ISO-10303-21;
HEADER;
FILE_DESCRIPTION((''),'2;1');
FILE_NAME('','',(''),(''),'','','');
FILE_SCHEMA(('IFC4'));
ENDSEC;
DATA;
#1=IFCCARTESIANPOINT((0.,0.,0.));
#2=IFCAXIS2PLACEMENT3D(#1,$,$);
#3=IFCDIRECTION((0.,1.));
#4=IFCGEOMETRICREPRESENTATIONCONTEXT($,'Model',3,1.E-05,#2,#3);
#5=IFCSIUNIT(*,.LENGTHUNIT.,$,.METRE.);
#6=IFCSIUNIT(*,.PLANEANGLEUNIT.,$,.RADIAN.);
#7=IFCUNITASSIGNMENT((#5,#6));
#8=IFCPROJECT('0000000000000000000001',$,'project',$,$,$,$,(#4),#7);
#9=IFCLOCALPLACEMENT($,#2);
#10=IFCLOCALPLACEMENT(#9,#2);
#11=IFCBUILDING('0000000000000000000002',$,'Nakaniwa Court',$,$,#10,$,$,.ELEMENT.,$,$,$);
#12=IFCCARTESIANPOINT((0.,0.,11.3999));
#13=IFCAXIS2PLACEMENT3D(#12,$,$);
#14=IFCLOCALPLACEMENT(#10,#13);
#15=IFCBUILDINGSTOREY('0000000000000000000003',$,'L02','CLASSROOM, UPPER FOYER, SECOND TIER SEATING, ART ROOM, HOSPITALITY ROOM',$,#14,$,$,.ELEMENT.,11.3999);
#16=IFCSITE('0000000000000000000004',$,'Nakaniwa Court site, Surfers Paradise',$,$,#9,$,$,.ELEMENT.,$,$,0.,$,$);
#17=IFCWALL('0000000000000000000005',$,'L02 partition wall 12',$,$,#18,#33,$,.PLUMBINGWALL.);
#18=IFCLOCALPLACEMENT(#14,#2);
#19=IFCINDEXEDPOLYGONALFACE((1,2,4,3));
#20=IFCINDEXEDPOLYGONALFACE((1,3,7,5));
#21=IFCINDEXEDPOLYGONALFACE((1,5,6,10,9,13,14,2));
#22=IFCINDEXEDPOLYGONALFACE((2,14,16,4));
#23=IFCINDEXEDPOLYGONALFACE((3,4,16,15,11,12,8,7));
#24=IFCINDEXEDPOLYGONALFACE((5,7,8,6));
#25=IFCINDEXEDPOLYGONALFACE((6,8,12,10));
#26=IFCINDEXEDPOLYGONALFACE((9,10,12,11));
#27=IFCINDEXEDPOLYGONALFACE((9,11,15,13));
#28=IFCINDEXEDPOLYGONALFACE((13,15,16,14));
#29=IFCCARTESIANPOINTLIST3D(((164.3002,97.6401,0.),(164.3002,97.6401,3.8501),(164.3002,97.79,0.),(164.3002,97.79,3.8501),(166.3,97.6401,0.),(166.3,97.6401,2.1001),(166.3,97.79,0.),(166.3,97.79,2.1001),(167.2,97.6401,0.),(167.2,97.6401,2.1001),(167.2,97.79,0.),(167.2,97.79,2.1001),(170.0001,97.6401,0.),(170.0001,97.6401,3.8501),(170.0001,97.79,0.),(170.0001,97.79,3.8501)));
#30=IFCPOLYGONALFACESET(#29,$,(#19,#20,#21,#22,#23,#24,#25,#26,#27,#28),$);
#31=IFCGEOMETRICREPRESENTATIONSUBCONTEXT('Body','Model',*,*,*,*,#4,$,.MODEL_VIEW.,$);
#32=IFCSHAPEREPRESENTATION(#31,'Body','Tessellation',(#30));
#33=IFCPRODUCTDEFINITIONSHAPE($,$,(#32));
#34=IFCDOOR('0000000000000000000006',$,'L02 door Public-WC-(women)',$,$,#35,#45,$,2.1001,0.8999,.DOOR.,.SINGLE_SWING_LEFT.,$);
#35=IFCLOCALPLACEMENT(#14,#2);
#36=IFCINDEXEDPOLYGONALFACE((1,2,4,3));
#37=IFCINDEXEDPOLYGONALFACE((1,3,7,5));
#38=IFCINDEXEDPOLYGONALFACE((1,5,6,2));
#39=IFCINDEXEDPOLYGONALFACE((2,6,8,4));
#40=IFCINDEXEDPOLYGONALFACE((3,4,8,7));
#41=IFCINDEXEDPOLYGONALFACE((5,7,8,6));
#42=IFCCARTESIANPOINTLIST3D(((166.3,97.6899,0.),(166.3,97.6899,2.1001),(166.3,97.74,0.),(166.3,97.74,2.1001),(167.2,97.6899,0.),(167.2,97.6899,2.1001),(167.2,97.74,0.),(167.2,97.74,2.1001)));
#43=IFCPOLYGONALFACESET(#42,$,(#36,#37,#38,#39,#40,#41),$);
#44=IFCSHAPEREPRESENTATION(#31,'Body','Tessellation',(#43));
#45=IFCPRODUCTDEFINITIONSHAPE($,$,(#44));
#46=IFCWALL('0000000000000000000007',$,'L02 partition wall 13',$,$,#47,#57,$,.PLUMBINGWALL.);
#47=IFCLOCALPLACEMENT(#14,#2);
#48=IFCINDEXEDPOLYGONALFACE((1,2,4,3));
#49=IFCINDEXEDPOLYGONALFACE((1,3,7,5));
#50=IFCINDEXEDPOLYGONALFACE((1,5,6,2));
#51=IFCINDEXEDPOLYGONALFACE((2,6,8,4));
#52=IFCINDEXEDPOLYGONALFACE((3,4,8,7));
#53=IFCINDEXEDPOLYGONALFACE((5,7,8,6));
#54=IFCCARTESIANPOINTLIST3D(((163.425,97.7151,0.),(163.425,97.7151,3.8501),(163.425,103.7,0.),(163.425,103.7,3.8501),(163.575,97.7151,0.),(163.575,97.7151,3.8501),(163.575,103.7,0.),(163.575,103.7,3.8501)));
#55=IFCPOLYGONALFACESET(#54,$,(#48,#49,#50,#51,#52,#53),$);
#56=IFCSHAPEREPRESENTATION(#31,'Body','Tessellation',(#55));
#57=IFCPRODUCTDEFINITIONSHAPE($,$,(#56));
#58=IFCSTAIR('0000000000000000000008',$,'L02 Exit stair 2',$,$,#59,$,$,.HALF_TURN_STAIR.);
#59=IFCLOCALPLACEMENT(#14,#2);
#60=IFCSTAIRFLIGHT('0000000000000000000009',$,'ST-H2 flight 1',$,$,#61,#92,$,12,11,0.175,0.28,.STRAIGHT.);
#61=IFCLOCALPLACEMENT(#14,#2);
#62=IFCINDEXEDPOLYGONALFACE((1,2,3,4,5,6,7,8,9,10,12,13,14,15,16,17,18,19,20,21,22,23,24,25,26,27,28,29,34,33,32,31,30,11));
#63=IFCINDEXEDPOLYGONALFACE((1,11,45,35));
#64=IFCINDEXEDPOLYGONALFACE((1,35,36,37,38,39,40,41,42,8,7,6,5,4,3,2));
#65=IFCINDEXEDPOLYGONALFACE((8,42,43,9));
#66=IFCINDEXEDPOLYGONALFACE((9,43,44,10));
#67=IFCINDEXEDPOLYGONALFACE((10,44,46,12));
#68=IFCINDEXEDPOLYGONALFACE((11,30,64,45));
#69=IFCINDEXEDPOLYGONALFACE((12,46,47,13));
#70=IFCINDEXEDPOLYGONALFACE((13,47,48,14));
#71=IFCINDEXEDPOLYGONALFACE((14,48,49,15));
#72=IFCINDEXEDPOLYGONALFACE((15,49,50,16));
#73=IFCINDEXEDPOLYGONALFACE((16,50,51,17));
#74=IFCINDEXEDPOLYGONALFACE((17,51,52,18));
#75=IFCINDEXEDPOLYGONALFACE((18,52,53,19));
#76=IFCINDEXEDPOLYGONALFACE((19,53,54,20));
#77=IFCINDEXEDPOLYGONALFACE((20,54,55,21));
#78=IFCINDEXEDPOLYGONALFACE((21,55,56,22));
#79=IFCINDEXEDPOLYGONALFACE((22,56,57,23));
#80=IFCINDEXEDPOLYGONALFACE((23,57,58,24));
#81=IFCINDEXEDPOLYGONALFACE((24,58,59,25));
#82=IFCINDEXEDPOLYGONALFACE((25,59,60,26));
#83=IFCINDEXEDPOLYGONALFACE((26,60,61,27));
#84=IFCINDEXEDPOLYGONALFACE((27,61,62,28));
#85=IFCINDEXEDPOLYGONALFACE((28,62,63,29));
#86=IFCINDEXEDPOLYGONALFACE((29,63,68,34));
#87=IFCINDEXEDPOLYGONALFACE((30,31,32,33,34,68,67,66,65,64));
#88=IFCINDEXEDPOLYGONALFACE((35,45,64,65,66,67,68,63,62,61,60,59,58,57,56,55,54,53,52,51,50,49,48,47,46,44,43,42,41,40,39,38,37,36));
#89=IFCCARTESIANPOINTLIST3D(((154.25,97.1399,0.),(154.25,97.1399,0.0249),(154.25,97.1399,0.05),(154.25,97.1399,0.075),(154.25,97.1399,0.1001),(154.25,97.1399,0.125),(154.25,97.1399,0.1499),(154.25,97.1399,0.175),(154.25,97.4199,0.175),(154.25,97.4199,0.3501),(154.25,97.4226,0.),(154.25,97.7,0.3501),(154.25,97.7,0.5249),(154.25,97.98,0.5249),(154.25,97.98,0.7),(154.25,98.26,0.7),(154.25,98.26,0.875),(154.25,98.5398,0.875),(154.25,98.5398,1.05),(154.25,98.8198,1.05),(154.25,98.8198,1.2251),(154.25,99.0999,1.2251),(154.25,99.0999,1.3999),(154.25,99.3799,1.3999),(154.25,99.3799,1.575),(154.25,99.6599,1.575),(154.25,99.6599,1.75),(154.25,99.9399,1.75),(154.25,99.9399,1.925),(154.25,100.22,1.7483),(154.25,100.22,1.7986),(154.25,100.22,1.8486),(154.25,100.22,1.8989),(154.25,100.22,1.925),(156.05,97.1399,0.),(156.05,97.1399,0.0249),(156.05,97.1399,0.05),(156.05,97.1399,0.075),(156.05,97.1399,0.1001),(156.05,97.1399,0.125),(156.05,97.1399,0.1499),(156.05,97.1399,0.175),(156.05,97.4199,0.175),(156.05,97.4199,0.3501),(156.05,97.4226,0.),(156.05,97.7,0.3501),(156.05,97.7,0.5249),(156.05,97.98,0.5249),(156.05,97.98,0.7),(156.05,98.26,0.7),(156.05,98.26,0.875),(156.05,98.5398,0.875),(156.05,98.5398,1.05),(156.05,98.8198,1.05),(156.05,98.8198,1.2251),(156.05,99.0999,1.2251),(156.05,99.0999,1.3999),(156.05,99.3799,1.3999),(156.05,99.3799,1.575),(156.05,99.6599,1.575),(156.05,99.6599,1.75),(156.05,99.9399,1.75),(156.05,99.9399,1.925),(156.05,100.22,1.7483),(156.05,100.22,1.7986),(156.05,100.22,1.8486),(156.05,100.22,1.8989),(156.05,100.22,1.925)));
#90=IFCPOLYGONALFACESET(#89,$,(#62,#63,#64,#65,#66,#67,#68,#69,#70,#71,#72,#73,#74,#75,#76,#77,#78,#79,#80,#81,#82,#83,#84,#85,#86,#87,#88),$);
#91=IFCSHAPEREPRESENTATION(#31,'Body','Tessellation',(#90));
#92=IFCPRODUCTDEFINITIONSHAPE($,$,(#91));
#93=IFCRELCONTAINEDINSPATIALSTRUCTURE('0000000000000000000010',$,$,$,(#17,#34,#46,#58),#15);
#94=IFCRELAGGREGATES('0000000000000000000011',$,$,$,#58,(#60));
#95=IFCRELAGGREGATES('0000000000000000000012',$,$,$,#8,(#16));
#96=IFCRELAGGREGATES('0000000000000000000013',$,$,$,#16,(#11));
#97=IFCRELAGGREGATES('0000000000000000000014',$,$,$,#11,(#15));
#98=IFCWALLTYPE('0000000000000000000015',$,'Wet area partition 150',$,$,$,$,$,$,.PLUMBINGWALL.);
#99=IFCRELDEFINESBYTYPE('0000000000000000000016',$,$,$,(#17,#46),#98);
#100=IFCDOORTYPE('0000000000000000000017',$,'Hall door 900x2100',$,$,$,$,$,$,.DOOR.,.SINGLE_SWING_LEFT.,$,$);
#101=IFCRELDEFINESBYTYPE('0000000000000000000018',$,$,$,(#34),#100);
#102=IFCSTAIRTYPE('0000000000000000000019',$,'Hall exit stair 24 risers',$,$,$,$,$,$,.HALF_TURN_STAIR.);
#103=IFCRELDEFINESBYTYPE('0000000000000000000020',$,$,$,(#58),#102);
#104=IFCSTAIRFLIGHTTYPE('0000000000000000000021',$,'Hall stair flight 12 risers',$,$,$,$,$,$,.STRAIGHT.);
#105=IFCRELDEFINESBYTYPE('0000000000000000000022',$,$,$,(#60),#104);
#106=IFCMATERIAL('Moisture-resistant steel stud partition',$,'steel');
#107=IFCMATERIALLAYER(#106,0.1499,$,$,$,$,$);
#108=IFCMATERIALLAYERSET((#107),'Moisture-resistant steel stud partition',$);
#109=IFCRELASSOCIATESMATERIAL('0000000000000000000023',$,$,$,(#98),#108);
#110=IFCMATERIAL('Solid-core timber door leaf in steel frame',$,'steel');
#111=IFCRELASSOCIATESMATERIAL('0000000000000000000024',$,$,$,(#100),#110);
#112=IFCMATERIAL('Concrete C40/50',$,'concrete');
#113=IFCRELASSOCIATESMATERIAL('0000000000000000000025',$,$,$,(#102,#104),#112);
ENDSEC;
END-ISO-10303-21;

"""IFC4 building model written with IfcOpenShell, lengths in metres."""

from ifc_helpers import new_model, si_unit, direction, frame, frame_2d, origin, place, context, subcontext, project, spatial, polyline, rectangle, outline, extrude, material, layer, layer_set, type_object, element, fill, aggregate, save


model = new_model("IFC4")

# Units and contexts
model_context = context("Model", 3, precision=1e-05, world=origin(), true_north=direction((0.0, 1.0)))
body_context = subcontext(model_context, "Body", "Model", "MODEL_VIEW")
ifc_project = project(units=[si_unit("LENGTHUNIT", "METRE"), si_unit("PLANEANGLEUNIT", "RADIAN")], contexts=[model_context])

# Site, building, storey
site_placement = place(None, origin())
site = spatial("IfcSite", under=ifc_project, at=site_placement, Name="Nakaniwa Court site, Surfers Paradise", CompositionType="ELEMENT", RefElevation=0.0)
building_placement = place(site_placement, origin())
building = spatial("IfcBuilding", under=site, at=building_placement, Name="Nakaniwa Court", CompositionType="ELEMENT")
storey_placement = place(building_placement, frame((0.0, 0.0, 11.3999)))
storey = spatial("IfcBuildingStorey", under=building, at=storey_placement, Name="L02", Description="CLASSROOM, UPPER FOYER, SECOND TIER SEATING, ART ROOM, HOSPITALITY ROOM", CompositionType="ELEMENT", Elevation=11.3999)

# Shared definitions
ifc_material_1 = material(Name="Concrete C40/50", Category="concrete")

# Shared definitions
ifc_material_2 = material(Name="Solid-core timber door leaf in steel frame", Category="steel")

# Shared definitions
ifc_material_3 = material(Name="Moisture-resistant steel stud partition", Category="steel")
ifc_layer_1 = layer(ifc_material_3, 0.1499)
ifc_layer_set_1 = layer_set([ifc_layer_1], Name="Moisture-resistant steel stud partition")
wall_type_1 = type_object("IfcWallType", Name="Wet area partition 150", PredefinedType="PLUMBINGWALL", material=ifc_layer_set_1)

# Shared definitions
door_type_1 = type_object("IfcDoorType", Name="Hall door 900x2100", OperationType="SINGLE_SWING_LEFT", PredefinedType="DOOR", material=ifc_material_2)

# Wall, opening, door
wall_1_placement = place(storey_placement, frame((164.3, 97.7151, 0.0), z_axis=(0.0, 0.0, 1.0), x_axis=(1.0, 0.0, 0.0)))
wall_1 = element("IfcWall", 1, at=wall_1_placement, inside=storey, type_object=wall_type_1, Name="L02 partition wall 12", PredefinedType="PLUMBINGWALL", context=body_context, shape_type="SweptSolid", body=[
    extrude(rectangle(XDim=5.7, YDim=0.1499, at=frame_2d((2.8501, 0.0))), origin(), (0.0, 0.0, 1.0), 3.8501),
])
opening_1_placement = place(wall_1_placement, frame((2.0, 0.0, 0.0)))
opening_1 = element("IfcOpeningElement", 2, at=opening_1_placement, cuts=wall_1, PredefinedType="OPENING", context=body_context, shape_type="SweptSolid", body=[
    extrude(rectangle(XDim=0.8999, YDim=2.1001, at=frame_2d((0.45, 1.05))), frame((0.0, 0.085, 0.0), z_axis=(0.0, -1.0, 0.0), x_axis=(1.0, 0.0, 0.0)), (0.0, 0.0, 1.0), 0.1699),
])
door_1_placement = place(opening_1_placement, origin())
door_1 = element("IfcDoor", 3, at=door_1_placement, inside=storey, type_object=door_type_1, Name="L02 door Public-WC-(women)", OperationType="SINGLE_SWING_LEFT", OverallHeight=2.1001, OverallWidth=0.8999, PredefinedType="DOOR", context=body_context, shape_type="SweptSolid", body=[
    extrude(rectangle(XDim=0.8999, YDim=2.1001, at=frame_2d((0.45, 1.05))), frame((0.0, 0.0249, 0.0), z_axis=(0.0, -1.0, 0.0), x_axis=(1.0, 0.0, 0.0)), (0.0, 0.0, 1.0), 0.05),
])
fill(opening_1, door_1)

# Wall
wall_2_placement = place(storey_placement, frame((163.5, 103.7, 0.0), z_axis=(0.0, 0.0, 1.0), x_axis=(0.0, -1.0, 0.0)))
element("IfcWall", 4, at=wall_2_placement, inside=storey, type_object=wall_type_1, Name="L02 partition wall 13", PredefinedType="PLUMBINGWALL", context=body_context, shape_type="SweptSolid", body=[
    extrude(rectangle(XDim=5.9849, YDim=0.1499, at=frame_2d((2.9924, 0.0))), origin(), (0.0, 0.0, 1.0), 3.8501),
])

# Stair, stair flight
stair_type = type_object("IfcStairType", Name="Hall exit stair 24 risers", PredefinedType="HALF_TURN_STAIR", material=ifc_material_1)
stair_placement = place(storey_placement, origin())
stair = element("IfcStair", 5, at=stair_placement, inside=storey, type_object=stair_type, Name="L02 Exit stair 2", PredefinedType="HALF_TURN_STAIR")
stair_flight_type = type_object("IfcStairFlightType", Name="Hall stair flight 12 risers", PredefinedType="STRAIGHT", material=ifc_material_1)
stair_flight_placement = place(storey_placement, frame((155.1499, 97.1399, 0.0), z_axis=(0.0, 0.0, 1.0), x_axis=(0.0, 1.0, 0.0)))
stair_flight = element("IfcStairFlight", 6, at=stair_flight_placement, type_object=stair_flight_type, Name="ST-H2 flight 1", NumberOfRisers=12, NumberOfTreads=11, PredefinedType="STRAIGHT", RiserHeight=0.175, TreadLength=0.28, context=body_context, shape_type="SweptSolid", body=[
    extrude(outline(polyline([(0.0, 0.0), (0.0, 0.0249), (0.0, 0.05), (0.0, 0.075), (0.0, 0.1001), (0.0, 0.125), (0.0, 0.1499), (0.0, 0.175), (0.28, 0.175), (0.28, 0.3501), (0.5601, 0.3501), (0.5601, 0.5249), (0.8401, 0.5249), (0.8401, 0.7), (1.1201, 0.7), (1.1201, 0.875), (1.3999, 0.875), (1.3999, 1.05), (1.6799, 1.05), (1.6799, 1.2251), (1.96, 1.2251), (1.96, 1.3999), (2.24, 1.3999), (2.24, 1.575), (2.52, 1.575), (2.52, 1.75), (2.8, 1.75), (2.8, 1.925), (3.0801, 1.925), (3.0801, 2.1001), (3.0801, 2.0498), (3.0801, 1.9995), (3.0801, 1.9492), (3.0801, 1.8989), (3.0801, 1.8486), (3.0801, 1.7986), (3.0801, 1.7483), (0.2827, 0.0), (0.0, 0.0)])), frame((0.0, 0.8999, 0.0), z_axis=(0.0, -1.0, 0.0), x_axis=(1.0, 0.0, 0.0)), (0.0, 0.0, 1.0), 1.8),
])
aggregate(stair, [stair_flight])

save(model, "model.ifc")
